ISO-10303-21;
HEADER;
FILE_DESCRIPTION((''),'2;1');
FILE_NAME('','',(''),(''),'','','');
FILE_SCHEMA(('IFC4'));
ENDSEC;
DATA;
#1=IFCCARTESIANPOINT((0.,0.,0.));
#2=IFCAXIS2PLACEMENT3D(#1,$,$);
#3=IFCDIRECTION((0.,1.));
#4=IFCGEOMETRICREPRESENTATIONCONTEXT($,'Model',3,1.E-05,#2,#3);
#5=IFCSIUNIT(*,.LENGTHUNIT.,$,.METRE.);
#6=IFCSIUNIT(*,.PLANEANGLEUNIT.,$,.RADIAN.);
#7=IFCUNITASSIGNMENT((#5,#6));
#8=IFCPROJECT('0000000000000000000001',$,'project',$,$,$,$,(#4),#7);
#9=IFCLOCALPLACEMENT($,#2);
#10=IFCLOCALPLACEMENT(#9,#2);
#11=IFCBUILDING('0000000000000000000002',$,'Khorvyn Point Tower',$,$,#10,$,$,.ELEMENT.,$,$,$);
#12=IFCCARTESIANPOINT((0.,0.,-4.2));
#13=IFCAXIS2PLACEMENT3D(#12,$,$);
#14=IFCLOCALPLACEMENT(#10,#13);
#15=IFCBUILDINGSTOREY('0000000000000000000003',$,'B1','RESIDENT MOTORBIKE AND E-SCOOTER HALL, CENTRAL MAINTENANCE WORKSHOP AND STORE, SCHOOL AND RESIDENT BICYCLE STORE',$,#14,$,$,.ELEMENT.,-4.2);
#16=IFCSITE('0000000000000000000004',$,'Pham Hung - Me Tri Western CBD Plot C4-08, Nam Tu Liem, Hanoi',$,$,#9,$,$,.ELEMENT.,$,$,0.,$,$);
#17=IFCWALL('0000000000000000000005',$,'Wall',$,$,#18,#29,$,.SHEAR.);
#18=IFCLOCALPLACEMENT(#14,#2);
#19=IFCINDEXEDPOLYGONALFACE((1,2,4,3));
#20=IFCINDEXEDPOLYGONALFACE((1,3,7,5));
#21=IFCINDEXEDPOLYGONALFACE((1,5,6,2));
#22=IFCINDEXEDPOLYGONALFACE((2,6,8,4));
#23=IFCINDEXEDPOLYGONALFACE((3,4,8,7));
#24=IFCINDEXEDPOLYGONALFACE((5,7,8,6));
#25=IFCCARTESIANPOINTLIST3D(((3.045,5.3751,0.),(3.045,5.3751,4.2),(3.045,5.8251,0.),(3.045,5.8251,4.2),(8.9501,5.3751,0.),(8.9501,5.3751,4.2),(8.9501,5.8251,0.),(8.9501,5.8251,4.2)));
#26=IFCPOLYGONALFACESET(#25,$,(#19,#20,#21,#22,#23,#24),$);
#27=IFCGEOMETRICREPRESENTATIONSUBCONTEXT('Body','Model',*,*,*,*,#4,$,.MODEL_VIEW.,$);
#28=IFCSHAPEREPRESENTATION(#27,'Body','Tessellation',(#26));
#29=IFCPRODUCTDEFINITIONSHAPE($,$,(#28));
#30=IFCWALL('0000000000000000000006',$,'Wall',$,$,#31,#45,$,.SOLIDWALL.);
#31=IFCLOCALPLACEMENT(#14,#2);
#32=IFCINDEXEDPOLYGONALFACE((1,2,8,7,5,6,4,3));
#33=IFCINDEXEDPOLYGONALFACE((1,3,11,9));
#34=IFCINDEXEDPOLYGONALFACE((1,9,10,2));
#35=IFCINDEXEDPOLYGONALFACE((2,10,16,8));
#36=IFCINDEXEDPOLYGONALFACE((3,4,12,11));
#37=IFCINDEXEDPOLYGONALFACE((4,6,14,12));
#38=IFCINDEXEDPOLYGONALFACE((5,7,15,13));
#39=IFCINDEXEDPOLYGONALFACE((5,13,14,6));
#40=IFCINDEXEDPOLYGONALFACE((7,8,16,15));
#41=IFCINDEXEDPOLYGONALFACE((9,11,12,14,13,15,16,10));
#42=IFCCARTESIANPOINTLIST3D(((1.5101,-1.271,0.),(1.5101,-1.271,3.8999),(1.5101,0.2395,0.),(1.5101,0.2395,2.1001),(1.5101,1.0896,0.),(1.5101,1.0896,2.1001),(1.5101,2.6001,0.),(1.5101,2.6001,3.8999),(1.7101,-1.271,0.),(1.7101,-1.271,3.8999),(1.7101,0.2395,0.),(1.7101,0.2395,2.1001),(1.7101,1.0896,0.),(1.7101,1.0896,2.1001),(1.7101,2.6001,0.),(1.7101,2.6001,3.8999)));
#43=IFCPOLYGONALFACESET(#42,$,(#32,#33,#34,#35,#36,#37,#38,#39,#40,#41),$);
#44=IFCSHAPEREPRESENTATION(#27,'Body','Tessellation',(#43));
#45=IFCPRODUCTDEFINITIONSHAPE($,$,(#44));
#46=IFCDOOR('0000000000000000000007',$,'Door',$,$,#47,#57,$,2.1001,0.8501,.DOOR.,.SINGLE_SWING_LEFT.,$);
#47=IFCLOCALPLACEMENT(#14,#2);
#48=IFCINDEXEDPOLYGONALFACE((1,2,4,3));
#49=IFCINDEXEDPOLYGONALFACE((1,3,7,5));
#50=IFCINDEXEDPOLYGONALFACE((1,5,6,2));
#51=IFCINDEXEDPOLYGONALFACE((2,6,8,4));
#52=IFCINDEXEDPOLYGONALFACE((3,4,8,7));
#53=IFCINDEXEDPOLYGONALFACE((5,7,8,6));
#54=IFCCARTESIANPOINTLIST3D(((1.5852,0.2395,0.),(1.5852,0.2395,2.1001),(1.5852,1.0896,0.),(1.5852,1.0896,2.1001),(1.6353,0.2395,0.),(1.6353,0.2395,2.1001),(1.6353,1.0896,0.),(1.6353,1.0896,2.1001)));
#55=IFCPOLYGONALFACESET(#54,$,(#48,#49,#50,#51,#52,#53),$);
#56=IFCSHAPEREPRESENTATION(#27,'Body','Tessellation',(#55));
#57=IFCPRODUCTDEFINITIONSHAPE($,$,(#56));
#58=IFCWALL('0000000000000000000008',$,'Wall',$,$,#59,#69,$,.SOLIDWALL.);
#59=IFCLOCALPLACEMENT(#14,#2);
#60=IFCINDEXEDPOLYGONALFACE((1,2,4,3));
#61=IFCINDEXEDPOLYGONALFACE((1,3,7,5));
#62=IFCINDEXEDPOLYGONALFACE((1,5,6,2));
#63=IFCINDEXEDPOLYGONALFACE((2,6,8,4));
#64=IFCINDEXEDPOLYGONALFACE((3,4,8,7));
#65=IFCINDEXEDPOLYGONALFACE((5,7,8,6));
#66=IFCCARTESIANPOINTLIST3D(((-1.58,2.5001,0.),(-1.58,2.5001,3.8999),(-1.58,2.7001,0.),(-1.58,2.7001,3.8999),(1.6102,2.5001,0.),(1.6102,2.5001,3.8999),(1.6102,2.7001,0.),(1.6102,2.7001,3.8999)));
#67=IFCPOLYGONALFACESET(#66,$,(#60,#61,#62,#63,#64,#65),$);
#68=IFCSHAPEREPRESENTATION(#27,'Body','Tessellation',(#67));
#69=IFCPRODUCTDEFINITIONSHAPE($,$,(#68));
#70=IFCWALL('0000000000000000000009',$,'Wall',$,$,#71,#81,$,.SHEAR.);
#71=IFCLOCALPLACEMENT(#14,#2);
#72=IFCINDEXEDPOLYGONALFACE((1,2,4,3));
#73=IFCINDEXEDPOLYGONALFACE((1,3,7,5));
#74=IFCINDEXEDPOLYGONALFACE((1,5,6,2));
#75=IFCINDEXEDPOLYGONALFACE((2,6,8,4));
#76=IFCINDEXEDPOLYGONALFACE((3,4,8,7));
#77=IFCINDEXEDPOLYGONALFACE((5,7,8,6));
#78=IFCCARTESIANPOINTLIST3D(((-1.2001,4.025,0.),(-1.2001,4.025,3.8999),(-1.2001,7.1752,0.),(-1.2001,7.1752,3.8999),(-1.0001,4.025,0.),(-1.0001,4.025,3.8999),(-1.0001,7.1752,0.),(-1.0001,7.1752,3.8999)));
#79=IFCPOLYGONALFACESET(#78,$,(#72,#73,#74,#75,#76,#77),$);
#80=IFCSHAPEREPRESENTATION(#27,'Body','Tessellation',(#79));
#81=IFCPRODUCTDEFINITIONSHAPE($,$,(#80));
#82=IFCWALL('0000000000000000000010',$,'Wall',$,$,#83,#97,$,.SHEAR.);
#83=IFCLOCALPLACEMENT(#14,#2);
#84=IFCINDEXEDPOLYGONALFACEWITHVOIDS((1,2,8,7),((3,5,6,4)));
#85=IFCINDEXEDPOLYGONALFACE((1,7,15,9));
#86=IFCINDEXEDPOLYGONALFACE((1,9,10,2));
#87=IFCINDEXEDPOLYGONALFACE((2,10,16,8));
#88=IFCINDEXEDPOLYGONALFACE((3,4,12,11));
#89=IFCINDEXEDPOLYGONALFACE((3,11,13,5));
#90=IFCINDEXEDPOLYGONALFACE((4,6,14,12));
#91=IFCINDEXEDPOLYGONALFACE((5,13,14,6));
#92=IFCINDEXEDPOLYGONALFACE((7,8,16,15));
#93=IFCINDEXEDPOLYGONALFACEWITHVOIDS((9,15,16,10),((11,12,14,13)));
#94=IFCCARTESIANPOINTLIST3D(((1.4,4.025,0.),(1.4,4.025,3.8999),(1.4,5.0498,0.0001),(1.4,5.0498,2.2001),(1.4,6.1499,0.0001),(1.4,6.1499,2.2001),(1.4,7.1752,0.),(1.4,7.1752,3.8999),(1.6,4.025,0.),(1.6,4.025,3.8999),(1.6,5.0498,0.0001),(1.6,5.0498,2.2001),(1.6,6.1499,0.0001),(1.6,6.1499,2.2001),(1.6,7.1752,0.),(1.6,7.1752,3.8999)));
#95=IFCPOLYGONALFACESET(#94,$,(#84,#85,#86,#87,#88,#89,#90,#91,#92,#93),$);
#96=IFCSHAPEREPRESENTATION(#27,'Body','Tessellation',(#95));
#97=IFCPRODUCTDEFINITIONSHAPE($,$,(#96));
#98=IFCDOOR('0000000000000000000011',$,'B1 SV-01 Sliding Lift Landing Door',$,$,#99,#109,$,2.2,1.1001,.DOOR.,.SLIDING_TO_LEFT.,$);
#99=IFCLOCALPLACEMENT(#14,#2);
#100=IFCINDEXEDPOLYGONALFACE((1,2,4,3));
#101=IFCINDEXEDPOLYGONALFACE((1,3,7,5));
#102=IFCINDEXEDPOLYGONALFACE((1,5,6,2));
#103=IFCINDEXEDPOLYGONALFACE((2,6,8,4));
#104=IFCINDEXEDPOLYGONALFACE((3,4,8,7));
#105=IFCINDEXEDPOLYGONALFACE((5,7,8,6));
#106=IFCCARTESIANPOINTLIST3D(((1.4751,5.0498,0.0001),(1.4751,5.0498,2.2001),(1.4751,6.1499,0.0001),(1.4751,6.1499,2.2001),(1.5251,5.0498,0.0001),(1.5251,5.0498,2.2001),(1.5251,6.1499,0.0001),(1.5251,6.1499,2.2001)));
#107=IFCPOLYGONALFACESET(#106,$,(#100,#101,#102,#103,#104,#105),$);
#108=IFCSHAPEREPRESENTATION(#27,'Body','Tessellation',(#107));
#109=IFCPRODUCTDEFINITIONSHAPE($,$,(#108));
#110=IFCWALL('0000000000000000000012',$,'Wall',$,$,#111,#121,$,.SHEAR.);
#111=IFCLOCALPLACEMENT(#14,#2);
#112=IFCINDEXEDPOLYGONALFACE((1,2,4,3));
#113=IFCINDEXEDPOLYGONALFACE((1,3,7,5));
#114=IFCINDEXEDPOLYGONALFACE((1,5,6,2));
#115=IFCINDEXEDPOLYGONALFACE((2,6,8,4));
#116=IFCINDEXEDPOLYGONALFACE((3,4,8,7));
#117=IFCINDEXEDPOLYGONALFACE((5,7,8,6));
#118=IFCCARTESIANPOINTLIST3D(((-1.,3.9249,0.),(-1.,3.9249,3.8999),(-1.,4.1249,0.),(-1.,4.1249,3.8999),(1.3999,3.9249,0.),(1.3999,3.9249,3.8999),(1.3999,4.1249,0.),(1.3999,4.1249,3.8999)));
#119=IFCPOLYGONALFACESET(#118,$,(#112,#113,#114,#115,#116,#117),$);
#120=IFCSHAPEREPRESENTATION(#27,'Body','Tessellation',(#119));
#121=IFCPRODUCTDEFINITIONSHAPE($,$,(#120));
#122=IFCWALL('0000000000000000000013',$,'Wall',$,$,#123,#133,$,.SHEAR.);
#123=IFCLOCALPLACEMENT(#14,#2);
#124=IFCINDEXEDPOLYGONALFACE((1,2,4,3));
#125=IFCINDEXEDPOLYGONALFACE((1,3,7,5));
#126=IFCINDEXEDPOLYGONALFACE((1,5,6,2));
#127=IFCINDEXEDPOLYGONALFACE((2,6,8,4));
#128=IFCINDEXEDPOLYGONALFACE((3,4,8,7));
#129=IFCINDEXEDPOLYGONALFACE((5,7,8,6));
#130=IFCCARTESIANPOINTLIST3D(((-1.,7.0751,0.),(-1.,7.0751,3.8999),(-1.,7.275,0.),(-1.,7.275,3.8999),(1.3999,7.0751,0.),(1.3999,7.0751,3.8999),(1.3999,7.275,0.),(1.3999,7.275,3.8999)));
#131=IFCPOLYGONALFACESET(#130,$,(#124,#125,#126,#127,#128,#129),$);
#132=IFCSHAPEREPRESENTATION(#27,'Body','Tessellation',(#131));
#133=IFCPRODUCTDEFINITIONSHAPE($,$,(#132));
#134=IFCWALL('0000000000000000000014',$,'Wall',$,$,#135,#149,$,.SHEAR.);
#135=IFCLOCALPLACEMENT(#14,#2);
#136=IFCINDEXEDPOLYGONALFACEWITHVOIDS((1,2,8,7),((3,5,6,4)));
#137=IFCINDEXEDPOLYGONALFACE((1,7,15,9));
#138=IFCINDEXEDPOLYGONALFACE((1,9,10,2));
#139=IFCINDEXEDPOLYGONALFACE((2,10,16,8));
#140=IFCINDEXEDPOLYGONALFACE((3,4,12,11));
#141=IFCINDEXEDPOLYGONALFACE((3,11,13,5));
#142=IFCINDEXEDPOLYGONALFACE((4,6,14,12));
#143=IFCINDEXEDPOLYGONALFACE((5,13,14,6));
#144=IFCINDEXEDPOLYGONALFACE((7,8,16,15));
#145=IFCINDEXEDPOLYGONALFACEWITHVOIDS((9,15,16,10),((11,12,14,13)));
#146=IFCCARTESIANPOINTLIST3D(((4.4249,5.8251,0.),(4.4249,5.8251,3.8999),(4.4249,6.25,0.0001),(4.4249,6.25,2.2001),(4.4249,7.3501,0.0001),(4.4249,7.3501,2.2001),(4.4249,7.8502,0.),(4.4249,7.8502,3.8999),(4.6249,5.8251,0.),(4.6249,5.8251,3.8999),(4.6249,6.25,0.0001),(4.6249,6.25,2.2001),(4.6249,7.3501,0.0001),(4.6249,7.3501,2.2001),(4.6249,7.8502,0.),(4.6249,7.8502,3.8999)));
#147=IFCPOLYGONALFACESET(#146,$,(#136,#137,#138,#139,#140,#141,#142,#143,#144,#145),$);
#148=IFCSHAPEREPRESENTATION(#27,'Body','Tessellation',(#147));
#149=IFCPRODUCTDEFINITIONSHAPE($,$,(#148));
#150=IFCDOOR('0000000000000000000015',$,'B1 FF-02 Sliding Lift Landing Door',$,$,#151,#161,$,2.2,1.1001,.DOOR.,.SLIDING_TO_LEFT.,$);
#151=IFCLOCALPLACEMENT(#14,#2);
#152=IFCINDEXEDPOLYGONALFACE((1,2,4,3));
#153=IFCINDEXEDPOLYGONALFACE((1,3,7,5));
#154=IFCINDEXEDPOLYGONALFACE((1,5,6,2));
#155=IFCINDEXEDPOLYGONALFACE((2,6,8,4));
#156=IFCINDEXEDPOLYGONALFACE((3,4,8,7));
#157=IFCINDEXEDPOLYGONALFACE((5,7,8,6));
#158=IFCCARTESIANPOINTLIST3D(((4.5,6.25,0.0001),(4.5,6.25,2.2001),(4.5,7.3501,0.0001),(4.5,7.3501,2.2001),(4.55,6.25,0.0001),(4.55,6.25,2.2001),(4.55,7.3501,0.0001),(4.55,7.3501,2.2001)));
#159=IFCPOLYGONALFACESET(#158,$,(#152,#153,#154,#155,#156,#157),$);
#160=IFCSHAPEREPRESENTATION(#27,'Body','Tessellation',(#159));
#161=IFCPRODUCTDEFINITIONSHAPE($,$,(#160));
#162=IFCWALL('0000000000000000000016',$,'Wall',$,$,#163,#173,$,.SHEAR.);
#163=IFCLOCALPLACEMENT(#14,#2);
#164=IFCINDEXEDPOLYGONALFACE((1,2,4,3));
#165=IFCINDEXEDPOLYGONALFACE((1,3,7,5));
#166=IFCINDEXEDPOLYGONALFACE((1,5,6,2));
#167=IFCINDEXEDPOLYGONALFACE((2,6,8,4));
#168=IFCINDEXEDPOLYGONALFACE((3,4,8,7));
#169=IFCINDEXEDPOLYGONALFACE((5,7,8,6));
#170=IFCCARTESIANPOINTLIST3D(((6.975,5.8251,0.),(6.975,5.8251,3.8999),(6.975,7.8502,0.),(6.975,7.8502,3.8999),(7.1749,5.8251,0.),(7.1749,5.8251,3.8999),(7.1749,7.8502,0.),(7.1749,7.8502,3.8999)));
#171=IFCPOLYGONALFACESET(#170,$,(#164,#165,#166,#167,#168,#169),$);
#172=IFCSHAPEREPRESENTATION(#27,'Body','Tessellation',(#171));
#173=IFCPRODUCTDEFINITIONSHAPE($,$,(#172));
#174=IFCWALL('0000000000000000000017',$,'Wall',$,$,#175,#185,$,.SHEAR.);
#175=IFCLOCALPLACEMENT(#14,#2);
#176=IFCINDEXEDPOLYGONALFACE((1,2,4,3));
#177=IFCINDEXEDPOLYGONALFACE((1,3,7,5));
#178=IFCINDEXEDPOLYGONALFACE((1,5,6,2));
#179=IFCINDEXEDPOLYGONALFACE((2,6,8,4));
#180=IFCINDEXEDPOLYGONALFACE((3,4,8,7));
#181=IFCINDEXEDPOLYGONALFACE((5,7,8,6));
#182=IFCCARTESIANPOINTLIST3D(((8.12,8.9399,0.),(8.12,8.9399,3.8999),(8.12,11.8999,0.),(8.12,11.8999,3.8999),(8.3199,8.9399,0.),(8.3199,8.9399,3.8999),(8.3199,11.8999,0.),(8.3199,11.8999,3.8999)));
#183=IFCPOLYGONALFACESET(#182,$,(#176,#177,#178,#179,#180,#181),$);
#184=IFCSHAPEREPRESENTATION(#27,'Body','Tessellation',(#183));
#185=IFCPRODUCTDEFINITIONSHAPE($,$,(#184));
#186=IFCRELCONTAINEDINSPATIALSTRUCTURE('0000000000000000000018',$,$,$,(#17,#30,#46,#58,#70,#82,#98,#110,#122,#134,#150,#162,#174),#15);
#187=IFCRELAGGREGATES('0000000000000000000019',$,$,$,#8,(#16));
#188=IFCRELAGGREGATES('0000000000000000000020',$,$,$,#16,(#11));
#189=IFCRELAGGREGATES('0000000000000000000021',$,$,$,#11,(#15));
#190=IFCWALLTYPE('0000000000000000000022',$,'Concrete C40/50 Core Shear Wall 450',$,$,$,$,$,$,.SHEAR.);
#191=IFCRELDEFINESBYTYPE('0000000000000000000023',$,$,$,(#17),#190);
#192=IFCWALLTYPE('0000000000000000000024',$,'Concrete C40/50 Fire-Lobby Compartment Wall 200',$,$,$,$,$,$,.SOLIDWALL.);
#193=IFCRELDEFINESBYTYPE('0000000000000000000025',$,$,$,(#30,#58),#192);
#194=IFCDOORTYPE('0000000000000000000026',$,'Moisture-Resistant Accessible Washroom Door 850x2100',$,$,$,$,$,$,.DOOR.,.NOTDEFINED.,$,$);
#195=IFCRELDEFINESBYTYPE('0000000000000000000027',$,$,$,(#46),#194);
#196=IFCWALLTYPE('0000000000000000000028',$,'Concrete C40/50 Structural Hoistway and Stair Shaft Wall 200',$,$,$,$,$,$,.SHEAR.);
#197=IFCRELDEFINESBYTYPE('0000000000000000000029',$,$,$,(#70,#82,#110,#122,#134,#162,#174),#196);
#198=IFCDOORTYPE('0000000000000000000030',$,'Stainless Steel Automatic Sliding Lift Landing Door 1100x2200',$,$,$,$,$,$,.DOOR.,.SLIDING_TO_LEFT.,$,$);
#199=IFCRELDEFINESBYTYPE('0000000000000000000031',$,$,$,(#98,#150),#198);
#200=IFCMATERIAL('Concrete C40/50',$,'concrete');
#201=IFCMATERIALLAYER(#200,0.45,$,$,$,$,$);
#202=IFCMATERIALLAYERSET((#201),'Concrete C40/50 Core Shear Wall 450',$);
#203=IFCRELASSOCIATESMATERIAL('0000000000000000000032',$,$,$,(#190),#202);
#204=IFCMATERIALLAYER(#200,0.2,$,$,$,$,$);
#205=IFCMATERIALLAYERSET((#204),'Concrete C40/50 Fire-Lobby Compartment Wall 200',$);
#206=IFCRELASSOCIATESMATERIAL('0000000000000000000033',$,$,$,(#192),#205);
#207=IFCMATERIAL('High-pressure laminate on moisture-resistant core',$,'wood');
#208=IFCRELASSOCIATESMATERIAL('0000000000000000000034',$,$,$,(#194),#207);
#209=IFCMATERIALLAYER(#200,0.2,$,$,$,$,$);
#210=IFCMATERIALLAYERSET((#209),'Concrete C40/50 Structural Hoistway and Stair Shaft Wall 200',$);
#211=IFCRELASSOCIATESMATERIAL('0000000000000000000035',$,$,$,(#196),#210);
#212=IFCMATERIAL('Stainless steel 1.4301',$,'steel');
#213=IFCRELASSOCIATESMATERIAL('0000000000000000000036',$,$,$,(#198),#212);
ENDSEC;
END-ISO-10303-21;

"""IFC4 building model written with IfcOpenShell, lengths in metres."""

from ifc_helpers import new_model, si_unit, direction, frame, frame_2d, origin, place, context, subcontext, project, spatial, rectangle, extrude, material, layer, layer_set, type_object, element, fill, save


model = new_model("IFC4")

# Units and contexts
model_context = context("Model", 3, precision=1e-05, world=origin(), true_north=direction((0.0, 1.0)))
body_context = subcontext(model_context, "Body", "Model", "MODEL_VIEW")
ifc_project = project(units=[si_unit("LENGTHUNIT", "METRE"), si_unit("PLANEANGLEUNIT", "RADIAN")], contexts=[model_context])

# Site, building, storey
site_placement = place(None, origin())
site = spatial("IfcSite", under=ifc_project, at=site_placement, Name="Pham Hung - Me Tri Western CBD Plot C4-08, Nam Tu Liem, Hanoi", CompositionType="ELEMENT", RefElevation=0.0)
building_placement = place(site_placement, origin())
building = spatial("IfcBuilding", under=site, at=building_placement, Name="Khorvyn Point Tower", CompositionType="ELEMENT")
storey_placement = place(building_placement, frame((0.0, 0.0, -4.2)))
storey = spatial("IfcBuildingStorey", under=building, at=storey_placement, Name="B1", Description="RESIDENT MOTORBIKE AND E-SCOOTER HALL, CENTRAL MAINTENANCE WORKSHOP AND STORE, SCHOOL AND RESIDENT BICYCLE STORE", CompositionType="ELEMENT", Elevation=-4.2)

# Shared definitions
ifc_material_1 = material(Name="Concrete C40/50", Category="concrete")

# Wall
ifc_layer_1 = layer(ifc_material_1, 0.45)
ifc_layer_set_1 = layer_set([ifc_layer_1], Name="Concrete C40/50 Core Shear Wall 450")
wall_type_1 = type_object("IfcWallType", Name="Concrete C40/50 Core Shear Wall 450", PredefinedType="SHEAR", material=ifc_layer_set_1)
wall_1_placement = place(storey_placement, frame((3.0449, 5.6001, 0.0), z_axis=(0.0, 0.0, 1.0), x_axis=(1.0, 0.0, 0.0)))
element("IfcWall", 1, at=wall_1_placement, inside=storey, type_object=wall_type_1, Name="Wall", PredefinedType="SHEAR", context=body_context, shape_type="SweptSolid", body=[
    extrude(rectangle(XDim=5.905, YDim=0.45, at=frame_2d((2.9526, 0.0))), origin(), (0.0, 0.0, 1.0), 4.2),
])

# Wall, opening, door
ifc_layer_2 = layer(ifc_material_1, 0.2)
ifc_layer_set_2 = layer_set([ifc_layer_2], Name="Concrete C40/50 Fire-Lobby Compartment Wall 200")
wall_type_2 = type_object("IfcWallType", Name="Concrete C40/50 Fire-Lobby Compartment Wall 200", PredefinedType="SOLIDWALL", material=ifc_layer_set_2)
wall_2_placement = place(storey_placement, frame((1.6101, -1.271, 0.0), z_axis=(0.0, 0.0, 1.0), x_axis=(0.0, 1.0, 0.0)))
wall_2 = element("IfcWall", 2, at=wall_2_placement, inside=storey, type_object=wall_type_2, Name="Wall", PredefinedType="SOLIDWALL", context=body_context, shape_type="SweptSolid", body=[
    extrude(rectangle(XDim=3.8711, YDim=0.2, at=frame_2d((1.9355, 0.0))), origin(), (0.0, 0.0, 1.0), 3.8999),
])
opening_1_placement = place(wall_2_placement, frame((1.5105, 0.0, 0.0)))
opening_1 = element("IfcOpeningElement", 3, at=opening_1_placement, cuts=wall_2, PredefinedType="OPENING", context=body_context, shape_type="SweptSolid", body=[
    extrude(rectangle(XDim=0.8501, YDim=2.1001, at=frame_2d((0.425, 1.05))), frame((0.0, 0.1099, 0.0), z_axis=(0.0, -1.0, 0.0), x_axis=(1.0, 0.0, 0.0)), (0.0, 0.0, 1.0), 0.22),
])
ifc_material_2 = material(Name="High-pressure laminate on moisture-resistant core", Category="wood")
door_type_1 = type_object("IfcDoorType", Name="Moisture-Resistant Accessible Washroom Door 850x2100", OperationType="NOTDEFINED", PredefinedType="DOOR", material=ifc_material_2)
door_1_placement = place(opening_1_placement, origin())
door_1 = element("IfcDoor", 4, at=door_1_placement, inside=storey, type_object=door_type_1, Name="Door", OperationType="SINGLE_SWING_LEFT", OverallHeight=2.1001, OverallWidth=0.8501, PredefinedType="DOOR", context=body_context, shape_type="SweptSolid", body=[
    extrude(rectangle(XDim=0.8501, YDim=2.1001, at=frame_2d((0.425, 1.05))), frame((0.0, 0.0249, 0.0), z_axis=(0.0, -1.0, 0.0), x_axis=(1.0, 0.0, 0.0)), (0.0, 0.0, 1.0), 0.05),
])
fill(opening_1, door_1)

# Walls
wall_3_placement = place(storey_placement, frame((-1.5801, 2.6001, 0.0), z_axis=(0.0, 0.0, 1.0), x_axis=(1.0, 0.0, 0.0)))
element("IfcWall", 5, at=wall_3_placement, inside=storey, type_object=wall_type_2, Name="Wall", PredefinedType="SOLIDWALL", context=body_context, shape_type="SweptSolid", body=[
    extrude(rectangle(XDim=3.1902, YDim=0.2, at=frame_2d((1.5952, 0.0))), origin(), (0.0, 0.0, 1.0), 3.8999),
])
ifc_layer_3 = layer(ifc_material_1, 0.2)
ifc_layer_set_3 = layer_set([ifc_layer_3], Name="Concrete C40/50 Structural Hoistway and Stair Shaft Wall 200")
wall_type_3 = type_object("IfcWallType", Name="Concrete C40/50 Structural Hoistway and Stair Shaft Wall 200", PredefinedType="SHEAR", material=ifc_layer_set_3)
wall_4_placement = place(storey_placement, frame((-1.1001, 4.0249, 0.0), z_axis=(0.0, 0.0, 1.0), x_axis=(0.0, 1.0, 0.0)))
element("IfcWall", 6, at=wall_4_placement, inside=storey, type_object=wall_type_3, Name="Wall", PredefinedType="SHEAR", context=body_context, shape_type="SweptSolid", body=[
    extrude(rectangle(XDim=3.1501, YDim=0.2, at=frame_2d((1.5752, 0.0))), origin(), (0.0, 0.0, 1.0), 3.8999),
])

# Wall, opening, door
wall_5_placement = place(storey_placement, frame((1.5, 4.0249, 0.0), z_axis=(0.0, 0.0, 1.0), x_axis=(0.0, 1.0, 0.0)))
wall_5 = element("IfcWall", 7, at=wall_5_placement, inside=storey, type_object=wall_type_3, Name="Wall", PredefinedType="SHEAR", context=body_context, shape_type="SweptSolid", body=[
    extrude(rectangle(XDim=3.1501, YDim=0.2, at=frame_2d((1.5752, 0.0))), origin(), (0.0, 0.0, 1.0), 3.8999),
])
opening_2_placement = place(wall_5_placement, frame((1.0249, 0.0, 0.0)))
opening_2 = element("IfcOpeningElement", 8, at=opening_2_placement, cuts=wall_5, PredefinedType="OPENING", context=body_context, shape_type="SweptSolid", body=[
    extrude(rectangle(XDim=1.1001, YDim=2.2, at=frame_2d((0.55, 1.1001))), frame((0.0, 0.1099, 0.0), z_axis=(0.0, -1.0, 0.0), x_axis=(1.0, 0.0, 0.0)), (0.0, 0.0, 1.0), 0.22),
])
ifc_material_3 = material(Name="Stainless steel 1.4301", Category="steel")
door_type_2 = type_object("IfcDoorType", Name="Stainless Steel Automatic Sliding Lift Landing Door 1100x2200", OperationType="SLIDING_TO_LEFT", PredefinedType="DOOR", material=ifc_material_3)
door_2_placement = place(opening_2_placement, origin())
door_2 = element("IfcDoor", 9, at=door_2_placement, inside=storey, type_object=door_type_2, Name="B1 SV-01 Sliding Lift Landing Door", OperationType="SLIDING_TO_LEFT", OverallHeight=2.2, OverallWidth=1.1001, PredefinedType="DOOR", context=body_context, shape_type="SweptSolid", body=[
    extrude(rectangle(XDim=1.1001, YDim=2.2, at=frame_2d((0.55, 1.1001))), frame((0.0, 0.0249, 0.0), z_axis=(0.0, -1.0, 0.0), x_axis=(1.0, 0.0, 0.0)), (0.0, 0.0, 1.0), 0.05),
])
fill(opening_2, door_2)

# Walls
for number, where, z_axis, x_axis, name in (
    (10, (-1.0, 4.0249, 0.0), (0.0, 0.0, 1.0), (1.0, 0.0, 0.0), "Wall"),
    (11, (-1.0, 7.175, 0.0), (0.0, 0.0, 1.0), (1.0, 0.0, 0.0), "Wall"),
):
    element("IfcWall", number, at=place(storey_placement, frame(where, z_axis=z_axis, x_axis=x_axis)), inside=storey, type_object=wall_type_3, Name=name, PredefinedType="SHEAR", context=body_context, shape_type="SweptSolid", body=[
        extrude(rectangle(XDim=2.3999, YDim=0.2, at=frame_2d((1.2, 0.0))), origin(), (0.0, 0.0, 1.0), 3.8999),
    ])

# Wall, opening, door
wall_6_placement = place(storey_placement, frame((4.5249, 5.825, 0.0), z_axis=(0.0, 0.0, 1.0), x_axis=(0.0, 1.0, 0.0)))
wall_6 = element("IfcWall", 12, at=wall_6_placement, inside=storey, type_object=wall_type_3, Name="Wall", PredefinedType="SHEAR", context=body_context, shape_type="SweptSolid", body=[
    extrude(rectangle(XDim=2.0251, YDim=0.2, at=frame_2d((1.0127, 0.0))), origin(), (0.0, 0.0, 1.0), 3.8999),
])
opening_3_placement = place(wall_6_placement, frame((0.425, 0.0, 0.0)))
opening_3 = element("IfcOpeningElement", 13, at=opening_3_placement, cuts=wall_6, PredefinedType="OPENING", context=body_context, shape_type="SweptSolid", body=[
    extrude(rectangle(XDim=1.1001, YDim=2.2, at=frame_2d((0.55, 1.1001))), frame((0.0, 0.1099, 0.0), z_axis=(0.0, -1.0, 0.0), x_axis=(1.0, 0.0, 0.0)), (0.0, 0.0, 1.0), 0.22),
])
door_3_placement = place(opening_3_placement, origin())
door_3 = element("IfcDoor", 14, at=door_3_placement, inside=storey, type_object=door_type_2, Name="B1 FF-02 Sliding Lift Landing Door", OperationType="SLIDING_TO_LEFT", OverallHeight=2.2, OverallWidth=1.1001, PredefinedType="DOOR", context=body_context, shape_type="SweptSolid", body=[
    extrude(rectangle(XDim=1.1001, YDim=2.2, at=frame_2d((0.55, 1.1001))), frame((0.0, 0.0249, 0.0), z_axis=(0.0, -1.0, 0.0), x_axis=(1.0, 0.0, 0.0)), (0.0, 0.0, 1.0), 0.05),
])
fill(opening_3, door_3)

# Walls
wall_7_placement = place(storey_placement, frame((7.075, 5.825, 0.0), z_axis=(0.0, 0.0, 1.0), x_axis=(0.0, 1.0, 0.0)))
element("IfcWall", 15, at=wall_7_placement, inside=storey, type_object=wall_type_3, Name="Wall", PredefinedType="SHEAR", context=body_context, shape_type="SweptSolid", body=[
    extrude(rectangle(XDim=2.0251, YDim=0.2, at=frame_2d((1.0127, 0.0))), origin(), (0.0, 0.0, 1.0), 3.8999),
])
wall_8_placement = place(storey_placement, frame((8.22, 8.9399, 0.0), z_axis=(0.0, 0.0, 1.0), x_axis=(0.0, 1.0, 0.0)))
element("IfcWall", 16, at=wall_8_placement, inside=storey, type_object=wall_type_3, Name="Wall", PredefinedType="SHEAR", context=body_context, shape_type="SweptSolid", body=[
    extrude(rectangle(XDim=2.96, YDim=0.2, at=frame_2d((1.48, 0.0))), origin(), (0.0, 0.0, 1.0), 3.8999),
])

save(model, "model.ifc")
